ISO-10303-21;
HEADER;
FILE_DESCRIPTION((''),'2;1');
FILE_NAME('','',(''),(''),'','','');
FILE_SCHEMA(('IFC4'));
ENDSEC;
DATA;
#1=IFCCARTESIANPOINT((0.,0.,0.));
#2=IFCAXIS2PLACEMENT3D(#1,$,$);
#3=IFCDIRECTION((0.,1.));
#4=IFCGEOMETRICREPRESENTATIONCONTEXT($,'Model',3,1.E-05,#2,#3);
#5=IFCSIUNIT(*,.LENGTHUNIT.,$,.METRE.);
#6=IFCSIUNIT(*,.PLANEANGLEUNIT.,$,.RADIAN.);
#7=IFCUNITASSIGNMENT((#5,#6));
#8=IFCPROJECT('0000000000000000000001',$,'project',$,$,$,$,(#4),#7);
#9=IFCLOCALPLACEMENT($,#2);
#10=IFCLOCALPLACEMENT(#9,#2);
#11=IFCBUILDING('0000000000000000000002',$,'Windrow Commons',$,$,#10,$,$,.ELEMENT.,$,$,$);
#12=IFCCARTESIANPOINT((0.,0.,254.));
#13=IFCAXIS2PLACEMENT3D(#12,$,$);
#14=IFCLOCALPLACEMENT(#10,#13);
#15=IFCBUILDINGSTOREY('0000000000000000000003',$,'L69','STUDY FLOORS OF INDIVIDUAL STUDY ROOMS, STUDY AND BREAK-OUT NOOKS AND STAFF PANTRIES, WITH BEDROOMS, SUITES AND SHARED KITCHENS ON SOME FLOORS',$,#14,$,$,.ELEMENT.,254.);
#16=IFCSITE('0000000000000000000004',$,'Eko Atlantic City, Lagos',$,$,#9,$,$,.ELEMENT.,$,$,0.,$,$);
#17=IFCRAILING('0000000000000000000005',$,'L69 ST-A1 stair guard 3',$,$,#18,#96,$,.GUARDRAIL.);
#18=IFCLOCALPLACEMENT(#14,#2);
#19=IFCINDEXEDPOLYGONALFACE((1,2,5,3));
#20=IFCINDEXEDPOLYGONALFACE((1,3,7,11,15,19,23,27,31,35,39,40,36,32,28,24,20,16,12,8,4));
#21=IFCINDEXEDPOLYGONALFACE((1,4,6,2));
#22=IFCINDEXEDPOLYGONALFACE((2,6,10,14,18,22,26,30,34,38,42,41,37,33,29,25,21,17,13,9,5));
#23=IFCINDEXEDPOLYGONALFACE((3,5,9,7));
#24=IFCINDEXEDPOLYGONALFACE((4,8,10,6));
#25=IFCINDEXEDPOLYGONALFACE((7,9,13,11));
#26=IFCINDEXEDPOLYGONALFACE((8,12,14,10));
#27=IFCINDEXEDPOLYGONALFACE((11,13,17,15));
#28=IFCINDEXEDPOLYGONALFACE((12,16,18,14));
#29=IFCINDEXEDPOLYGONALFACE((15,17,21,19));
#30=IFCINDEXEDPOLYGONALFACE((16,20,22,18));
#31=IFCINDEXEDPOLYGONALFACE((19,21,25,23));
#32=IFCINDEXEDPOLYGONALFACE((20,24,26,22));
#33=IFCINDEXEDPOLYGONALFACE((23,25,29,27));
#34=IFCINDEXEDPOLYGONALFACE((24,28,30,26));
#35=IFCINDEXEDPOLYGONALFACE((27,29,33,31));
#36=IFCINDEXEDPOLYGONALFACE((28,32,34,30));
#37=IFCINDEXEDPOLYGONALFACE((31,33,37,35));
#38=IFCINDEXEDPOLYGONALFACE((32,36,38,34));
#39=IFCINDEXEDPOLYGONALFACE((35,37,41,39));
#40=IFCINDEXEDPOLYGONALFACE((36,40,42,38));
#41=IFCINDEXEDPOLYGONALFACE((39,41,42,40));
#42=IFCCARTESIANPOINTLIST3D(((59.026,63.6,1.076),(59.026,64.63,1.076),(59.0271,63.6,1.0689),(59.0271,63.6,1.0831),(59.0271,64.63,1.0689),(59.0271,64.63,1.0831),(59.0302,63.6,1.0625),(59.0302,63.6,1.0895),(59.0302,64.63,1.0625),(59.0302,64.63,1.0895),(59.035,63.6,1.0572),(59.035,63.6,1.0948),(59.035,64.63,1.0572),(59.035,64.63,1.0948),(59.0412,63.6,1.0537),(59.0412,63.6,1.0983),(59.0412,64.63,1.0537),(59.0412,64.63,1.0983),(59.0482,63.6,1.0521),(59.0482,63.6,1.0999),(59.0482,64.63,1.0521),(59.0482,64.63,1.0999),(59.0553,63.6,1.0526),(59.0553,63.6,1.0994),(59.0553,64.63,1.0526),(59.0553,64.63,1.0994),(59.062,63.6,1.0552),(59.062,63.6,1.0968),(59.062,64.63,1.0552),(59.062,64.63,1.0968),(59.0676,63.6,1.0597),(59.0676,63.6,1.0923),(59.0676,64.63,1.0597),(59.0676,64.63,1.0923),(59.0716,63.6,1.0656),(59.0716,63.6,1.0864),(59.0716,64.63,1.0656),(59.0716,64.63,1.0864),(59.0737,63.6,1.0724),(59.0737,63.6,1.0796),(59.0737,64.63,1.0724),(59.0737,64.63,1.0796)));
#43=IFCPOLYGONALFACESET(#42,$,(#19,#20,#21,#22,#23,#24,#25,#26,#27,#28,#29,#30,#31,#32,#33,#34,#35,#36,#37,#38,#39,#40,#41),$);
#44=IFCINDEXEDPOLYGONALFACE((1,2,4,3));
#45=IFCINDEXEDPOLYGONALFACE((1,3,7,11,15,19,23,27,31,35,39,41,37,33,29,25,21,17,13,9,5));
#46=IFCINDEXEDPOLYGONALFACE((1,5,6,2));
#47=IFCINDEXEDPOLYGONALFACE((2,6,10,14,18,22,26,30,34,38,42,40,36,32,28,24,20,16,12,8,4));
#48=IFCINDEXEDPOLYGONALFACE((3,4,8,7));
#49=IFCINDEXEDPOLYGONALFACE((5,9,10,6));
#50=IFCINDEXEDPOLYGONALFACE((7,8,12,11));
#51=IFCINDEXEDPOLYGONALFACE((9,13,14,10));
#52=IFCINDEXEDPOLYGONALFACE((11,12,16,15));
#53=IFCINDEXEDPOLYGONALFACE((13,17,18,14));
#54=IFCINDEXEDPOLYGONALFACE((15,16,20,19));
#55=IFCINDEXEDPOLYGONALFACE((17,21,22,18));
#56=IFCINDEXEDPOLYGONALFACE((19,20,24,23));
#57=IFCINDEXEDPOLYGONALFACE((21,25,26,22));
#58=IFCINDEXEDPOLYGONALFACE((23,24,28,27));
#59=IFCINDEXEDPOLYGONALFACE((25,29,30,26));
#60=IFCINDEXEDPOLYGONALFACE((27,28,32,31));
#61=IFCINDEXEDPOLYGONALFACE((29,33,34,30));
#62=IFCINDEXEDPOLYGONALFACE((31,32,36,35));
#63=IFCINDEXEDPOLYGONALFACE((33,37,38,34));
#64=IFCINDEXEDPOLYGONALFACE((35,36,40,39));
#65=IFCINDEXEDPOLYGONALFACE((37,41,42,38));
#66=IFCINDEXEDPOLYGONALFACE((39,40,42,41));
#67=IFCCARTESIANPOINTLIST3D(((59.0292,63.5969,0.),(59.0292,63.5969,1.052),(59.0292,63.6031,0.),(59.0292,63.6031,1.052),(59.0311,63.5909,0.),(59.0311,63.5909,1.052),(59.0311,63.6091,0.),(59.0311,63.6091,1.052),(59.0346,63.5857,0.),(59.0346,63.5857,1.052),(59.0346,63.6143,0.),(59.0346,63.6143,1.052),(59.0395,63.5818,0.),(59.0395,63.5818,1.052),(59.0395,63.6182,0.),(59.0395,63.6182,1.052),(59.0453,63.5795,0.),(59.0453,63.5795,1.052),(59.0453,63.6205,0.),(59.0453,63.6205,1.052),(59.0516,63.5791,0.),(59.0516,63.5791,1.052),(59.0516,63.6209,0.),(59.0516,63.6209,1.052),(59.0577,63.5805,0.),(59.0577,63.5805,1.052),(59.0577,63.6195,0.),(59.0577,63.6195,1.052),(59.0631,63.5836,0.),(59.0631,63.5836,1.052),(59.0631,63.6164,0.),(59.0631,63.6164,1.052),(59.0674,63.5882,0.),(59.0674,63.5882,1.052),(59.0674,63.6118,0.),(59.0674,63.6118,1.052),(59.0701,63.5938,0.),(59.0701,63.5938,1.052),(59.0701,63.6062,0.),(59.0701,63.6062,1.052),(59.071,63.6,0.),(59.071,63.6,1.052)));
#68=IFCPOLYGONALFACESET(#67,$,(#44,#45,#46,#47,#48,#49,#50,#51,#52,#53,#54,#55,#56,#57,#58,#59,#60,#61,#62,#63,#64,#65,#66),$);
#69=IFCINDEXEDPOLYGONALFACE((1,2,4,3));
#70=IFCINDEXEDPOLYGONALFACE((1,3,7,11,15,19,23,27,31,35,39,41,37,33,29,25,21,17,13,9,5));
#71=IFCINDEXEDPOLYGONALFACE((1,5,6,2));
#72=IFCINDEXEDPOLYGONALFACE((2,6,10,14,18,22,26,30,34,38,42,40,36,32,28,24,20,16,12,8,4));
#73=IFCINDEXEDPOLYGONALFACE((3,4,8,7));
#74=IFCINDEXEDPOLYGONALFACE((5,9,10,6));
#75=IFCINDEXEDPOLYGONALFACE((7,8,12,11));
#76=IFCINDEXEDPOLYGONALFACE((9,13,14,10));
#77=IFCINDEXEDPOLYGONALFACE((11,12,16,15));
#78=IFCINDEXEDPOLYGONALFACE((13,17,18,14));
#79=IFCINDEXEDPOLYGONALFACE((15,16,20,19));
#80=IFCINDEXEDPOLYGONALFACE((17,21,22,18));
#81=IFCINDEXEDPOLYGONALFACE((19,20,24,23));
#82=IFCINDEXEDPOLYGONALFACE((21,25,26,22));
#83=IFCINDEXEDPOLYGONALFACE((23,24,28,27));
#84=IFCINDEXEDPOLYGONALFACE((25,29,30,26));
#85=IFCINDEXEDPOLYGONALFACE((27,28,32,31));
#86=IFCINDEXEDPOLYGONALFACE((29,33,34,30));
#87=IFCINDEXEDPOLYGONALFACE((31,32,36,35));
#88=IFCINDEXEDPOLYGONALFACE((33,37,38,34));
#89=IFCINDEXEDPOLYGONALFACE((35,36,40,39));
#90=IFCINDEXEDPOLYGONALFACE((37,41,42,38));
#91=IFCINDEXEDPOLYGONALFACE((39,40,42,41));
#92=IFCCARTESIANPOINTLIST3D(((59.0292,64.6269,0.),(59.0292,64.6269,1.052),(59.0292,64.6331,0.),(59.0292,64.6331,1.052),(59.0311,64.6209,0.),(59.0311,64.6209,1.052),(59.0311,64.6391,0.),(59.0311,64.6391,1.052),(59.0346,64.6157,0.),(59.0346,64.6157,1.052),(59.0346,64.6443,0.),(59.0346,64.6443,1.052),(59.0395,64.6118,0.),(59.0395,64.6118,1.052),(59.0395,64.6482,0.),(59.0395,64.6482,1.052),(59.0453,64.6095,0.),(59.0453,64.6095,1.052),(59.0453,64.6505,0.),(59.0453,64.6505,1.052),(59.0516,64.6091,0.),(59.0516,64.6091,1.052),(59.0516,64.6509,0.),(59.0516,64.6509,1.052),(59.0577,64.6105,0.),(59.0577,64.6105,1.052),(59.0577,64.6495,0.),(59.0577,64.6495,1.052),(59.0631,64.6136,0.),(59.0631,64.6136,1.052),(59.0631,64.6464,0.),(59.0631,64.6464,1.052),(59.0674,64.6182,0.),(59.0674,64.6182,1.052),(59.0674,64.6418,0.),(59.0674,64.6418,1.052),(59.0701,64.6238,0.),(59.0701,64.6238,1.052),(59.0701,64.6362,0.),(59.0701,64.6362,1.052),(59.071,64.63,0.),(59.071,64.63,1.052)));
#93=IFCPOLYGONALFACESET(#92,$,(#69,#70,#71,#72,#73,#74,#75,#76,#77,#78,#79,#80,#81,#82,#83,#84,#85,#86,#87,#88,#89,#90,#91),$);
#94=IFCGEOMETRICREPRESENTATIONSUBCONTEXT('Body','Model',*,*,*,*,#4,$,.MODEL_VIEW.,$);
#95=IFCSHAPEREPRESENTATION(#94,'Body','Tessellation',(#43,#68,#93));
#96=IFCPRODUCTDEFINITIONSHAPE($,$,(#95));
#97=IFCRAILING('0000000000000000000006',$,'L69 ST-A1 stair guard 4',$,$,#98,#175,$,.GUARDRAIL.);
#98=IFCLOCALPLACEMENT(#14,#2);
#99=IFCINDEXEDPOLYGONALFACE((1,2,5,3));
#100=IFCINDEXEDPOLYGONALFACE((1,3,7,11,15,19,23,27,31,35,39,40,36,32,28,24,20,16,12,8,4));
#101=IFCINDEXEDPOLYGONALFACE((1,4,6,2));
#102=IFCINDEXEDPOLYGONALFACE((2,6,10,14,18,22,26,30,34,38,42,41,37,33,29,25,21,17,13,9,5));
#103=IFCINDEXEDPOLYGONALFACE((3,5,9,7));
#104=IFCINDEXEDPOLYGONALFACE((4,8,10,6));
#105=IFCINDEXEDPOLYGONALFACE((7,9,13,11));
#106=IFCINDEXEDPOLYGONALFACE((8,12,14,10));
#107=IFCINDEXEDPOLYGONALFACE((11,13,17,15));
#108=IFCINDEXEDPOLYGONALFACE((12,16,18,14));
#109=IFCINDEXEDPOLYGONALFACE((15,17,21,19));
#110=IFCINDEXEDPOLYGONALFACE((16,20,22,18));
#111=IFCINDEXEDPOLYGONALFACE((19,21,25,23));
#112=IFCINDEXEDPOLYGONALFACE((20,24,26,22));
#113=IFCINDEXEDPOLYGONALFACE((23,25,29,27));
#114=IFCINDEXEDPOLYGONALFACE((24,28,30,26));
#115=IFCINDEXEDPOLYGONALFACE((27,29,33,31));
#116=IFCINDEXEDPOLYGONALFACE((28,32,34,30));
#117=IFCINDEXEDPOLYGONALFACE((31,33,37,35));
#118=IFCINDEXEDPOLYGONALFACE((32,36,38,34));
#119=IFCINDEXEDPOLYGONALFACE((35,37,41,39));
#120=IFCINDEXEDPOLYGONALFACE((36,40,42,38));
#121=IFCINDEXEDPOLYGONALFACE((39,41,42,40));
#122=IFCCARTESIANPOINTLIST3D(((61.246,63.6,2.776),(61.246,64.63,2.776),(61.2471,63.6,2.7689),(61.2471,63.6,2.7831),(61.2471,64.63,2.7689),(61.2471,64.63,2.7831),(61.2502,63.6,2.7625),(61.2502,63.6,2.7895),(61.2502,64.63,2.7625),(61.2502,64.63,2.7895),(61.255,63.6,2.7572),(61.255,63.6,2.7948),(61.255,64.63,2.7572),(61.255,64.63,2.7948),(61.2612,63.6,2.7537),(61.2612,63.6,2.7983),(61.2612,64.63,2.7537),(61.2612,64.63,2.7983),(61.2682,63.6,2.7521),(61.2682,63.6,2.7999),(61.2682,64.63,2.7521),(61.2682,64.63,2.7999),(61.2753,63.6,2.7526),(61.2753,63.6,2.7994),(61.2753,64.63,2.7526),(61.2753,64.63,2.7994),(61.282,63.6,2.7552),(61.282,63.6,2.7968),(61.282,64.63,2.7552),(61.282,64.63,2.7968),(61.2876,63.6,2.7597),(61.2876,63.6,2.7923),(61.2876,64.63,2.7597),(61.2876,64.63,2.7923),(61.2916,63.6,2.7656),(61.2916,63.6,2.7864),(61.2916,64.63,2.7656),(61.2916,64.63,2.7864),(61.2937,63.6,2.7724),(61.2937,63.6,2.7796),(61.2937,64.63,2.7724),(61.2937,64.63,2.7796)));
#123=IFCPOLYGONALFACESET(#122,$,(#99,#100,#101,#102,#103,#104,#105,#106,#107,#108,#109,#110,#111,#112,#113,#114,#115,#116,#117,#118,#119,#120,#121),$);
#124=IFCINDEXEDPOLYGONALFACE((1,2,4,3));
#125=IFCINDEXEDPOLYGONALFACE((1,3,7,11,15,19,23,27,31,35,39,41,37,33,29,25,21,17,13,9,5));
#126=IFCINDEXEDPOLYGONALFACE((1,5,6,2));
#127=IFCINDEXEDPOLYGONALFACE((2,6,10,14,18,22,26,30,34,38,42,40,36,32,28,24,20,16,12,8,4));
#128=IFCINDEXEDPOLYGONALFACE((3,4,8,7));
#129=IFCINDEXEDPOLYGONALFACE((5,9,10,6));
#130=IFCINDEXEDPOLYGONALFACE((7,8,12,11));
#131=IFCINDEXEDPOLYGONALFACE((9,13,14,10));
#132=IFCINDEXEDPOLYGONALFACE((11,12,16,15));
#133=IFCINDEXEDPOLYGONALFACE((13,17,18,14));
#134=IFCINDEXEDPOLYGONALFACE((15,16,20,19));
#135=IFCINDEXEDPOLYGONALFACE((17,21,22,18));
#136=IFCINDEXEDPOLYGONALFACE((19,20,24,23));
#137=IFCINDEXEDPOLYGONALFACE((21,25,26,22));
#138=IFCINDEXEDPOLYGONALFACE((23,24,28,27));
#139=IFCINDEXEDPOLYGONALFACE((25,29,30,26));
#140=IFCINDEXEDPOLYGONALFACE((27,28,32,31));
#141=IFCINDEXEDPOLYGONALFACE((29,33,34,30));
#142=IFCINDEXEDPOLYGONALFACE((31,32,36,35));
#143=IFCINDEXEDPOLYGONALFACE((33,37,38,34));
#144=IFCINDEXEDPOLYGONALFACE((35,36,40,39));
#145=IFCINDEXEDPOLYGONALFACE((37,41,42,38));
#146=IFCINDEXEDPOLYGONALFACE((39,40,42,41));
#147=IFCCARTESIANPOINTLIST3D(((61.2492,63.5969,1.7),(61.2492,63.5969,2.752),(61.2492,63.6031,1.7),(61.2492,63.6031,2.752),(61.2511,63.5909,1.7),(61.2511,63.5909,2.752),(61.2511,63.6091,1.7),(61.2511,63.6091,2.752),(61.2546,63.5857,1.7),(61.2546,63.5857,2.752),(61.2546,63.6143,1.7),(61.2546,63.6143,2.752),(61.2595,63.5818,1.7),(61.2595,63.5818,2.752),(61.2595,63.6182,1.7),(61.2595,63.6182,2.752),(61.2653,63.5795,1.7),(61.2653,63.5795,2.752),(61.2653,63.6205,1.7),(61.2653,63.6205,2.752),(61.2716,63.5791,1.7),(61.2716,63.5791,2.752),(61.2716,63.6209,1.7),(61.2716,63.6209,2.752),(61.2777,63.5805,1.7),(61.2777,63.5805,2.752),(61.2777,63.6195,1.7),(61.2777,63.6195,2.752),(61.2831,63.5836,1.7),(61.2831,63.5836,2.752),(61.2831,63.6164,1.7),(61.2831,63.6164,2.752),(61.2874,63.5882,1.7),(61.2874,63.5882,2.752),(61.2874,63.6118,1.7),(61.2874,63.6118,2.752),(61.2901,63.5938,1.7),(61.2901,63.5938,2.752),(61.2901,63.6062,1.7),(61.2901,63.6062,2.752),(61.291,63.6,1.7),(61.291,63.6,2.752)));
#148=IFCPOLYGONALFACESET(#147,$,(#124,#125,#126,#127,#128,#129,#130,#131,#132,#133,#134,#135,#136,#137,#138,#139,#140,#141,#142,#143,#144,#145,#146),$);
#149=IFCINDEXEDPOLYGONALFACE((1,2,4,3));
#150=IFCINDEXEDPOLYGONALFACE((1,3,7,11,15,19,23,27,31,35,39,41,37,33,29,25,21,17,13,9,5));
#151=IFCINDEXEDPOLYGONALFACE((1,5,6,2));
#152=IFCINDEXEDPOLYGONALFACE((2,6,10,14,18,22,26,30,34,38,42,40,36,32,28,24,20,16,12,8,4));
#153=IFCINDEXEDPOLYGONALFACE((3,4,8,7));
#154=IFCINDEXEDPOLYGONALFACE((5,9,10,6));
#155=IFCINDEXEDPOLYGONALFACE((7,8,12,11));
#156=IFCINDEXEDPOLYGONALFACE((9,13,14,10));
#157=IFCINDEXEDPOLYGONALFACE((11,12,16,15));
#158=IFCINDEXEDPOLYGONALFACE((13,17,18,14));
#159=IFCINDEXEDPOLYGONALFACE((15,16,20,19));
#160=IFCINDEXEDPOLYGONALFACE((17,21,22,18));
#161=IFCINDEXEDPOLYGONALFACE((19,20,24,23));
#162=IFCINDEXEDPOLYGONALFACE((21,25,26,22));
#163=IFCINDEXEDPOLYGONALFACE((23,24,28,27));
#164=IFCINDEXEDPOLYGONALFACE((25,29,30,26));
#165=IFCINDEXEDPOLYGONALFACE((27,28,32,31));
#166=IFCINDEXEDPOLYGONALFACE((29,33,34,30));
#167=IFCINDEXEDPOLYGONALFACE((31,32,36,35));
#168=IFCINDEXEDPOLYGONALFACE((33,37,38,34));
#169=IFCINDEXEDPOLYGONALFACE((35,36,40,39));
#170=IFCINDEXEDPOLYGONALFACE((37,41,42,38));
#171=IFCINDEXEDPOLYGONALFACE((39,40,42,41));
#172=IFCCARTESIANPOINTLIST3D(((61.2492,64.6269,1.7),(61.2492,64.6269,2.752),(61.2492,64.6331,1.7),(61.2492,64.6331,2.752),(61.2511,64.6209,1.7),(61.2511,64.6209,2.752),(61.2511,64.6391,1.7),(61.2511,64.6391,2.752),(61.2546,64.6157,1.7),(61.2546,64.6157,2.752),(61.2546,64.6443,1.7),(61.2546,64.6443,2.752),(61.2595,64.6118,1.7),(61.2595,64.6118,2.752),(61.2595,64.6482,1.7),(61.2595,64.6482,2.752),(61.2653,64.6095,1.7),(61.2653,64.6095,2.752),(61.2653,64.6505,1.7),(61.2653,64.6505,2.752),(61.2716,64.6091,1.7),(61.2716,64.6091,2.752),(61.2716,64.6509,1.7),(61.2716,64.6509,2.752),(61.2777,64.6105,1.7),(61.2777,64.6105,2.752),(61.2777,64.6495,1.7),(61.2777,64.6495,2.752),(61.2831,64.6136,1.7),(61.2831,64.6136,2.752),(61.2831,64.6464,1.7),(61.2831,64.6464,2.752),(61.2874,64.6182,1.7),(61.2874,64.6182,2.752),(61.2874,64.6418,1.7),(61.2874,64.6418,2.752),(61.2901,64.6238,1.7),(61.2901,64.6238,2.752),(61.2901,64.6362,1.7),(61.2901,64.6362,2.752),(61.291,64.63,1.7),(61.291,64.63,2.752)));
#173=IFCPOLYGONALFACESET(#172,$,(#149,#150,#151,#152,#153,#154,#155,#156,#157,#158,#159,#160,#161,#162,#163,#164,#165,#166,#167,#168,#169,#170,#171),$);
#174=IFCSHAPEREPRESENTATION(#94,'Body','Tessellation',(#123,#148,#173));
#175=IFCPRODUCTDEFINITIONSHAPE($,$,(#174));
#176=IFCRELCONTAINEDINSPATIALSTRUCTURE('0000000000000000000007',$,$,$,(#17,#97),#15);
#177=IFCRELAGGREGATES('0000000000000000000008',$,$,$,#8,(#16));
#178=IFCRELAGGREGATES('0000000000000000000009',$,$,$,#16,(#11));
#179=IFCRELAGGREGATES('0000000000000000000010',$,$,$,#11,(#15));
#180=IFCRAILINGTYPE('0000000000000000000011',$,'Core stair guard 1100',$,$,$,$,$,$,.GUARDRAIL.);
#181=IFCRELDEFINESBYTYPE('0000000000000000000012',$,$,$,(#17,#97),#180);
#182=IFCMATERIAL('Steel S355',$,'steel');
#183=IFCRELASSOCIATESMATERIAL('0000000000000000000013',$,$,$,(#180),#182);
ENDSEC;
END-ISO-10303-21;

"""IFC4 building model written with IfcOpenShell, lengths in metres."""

from ifc_helpers import new_model, si_unit, direction, frame, origin, origin_2d, place, context, subcontext, project, spatial, circle, extrude, material, type_object, element, save


model = new_model("IFC4")

# Units and contexts
model_context = context("Model", 3, precision=1e-05, world=origin(), true_north=direction((0.0, 1.0)))
body_context = subcontext(model_context, "Body", "Model", "MODEL_VIEW")
ifc_project = project(units=[si_unit("LENGTHUNIT", "METRE"), si_unit("PLANEANGLEUNIT", "RADIAN")], contexts=[model_context])

# Site, building, storey
site_placement = place(None, origin())
site = spatial("IfcSite", under=ifc_project, at=site_placement, Name="Eko Atlantic City, Lagos", CompositionType="ELEMENT", RefElevation=0.0)
building_placement = place(site_placement, origin())
building = spatial("IfcBuilding", under=site, at=building_placement, Name="Windrow Commons", CompositionType="ELEMENT")
storey_placement = place(building_placement, frame((0.0, 0.0, 254.0)))
storey = spatial("IfcBuildingStorey", under=building, at=storey_placement, Name="L69", Description="STUDY FLOORS OF INDIVIDUAL STUDY ROOMS, STUDY AND BREAK-OUT NOOKS AND STAFF PANTRIES, WITH BEDROOMS, SUITES AND SHARED KITCHENS ON SOME FLOORS", CompositionType="ELEMENT", Elevation=254.0)

# Railings
ifc_material_1 = material(Name="Steel S355", Category="steel")
railing_type_1 = type_object("IfcRailingType", Name="Core stair guard 1100", PredefinedType="GUARDRAIL", material=ifc_material_1)
for number, where, name in (
    (1, (59.05, 63.6, 0.0), "L69 ST-A1 stair guard 3"),
    (2, (61.27, 63.6, 1.7), "L69 ST-A1 stair guard 4"),
):
    element("IfcRailing", number, at=place(storey_placement, frame(where)), inside=storey, type_object=railing_type_1, Name=name, PredefinedType="GUARDRAIL", context=body_context, shape_type="SweptSolid", body=[
        extrude(circle(Radius=0.024, at=origin_2d()), frame((0.0, 0.0, 1.076), z_axis=(0.0, 1.0, 0.0), x_axis=(-1.0, 0.0, 0.0)), (0.0, 0.0, 1.0), 1.03),
        extrude(circle(Radius=0.021, at=origin_2d()), origin(), (0.0, 0.0, 1.0), 1.052),
        extrude(circle(Radius=0.021, at=origin_2d()), frame((0.0, 1.03, 0.0)), (0.0, 0.0, 1.0), 1.052),
    ])

save(model, "model.ifc")
